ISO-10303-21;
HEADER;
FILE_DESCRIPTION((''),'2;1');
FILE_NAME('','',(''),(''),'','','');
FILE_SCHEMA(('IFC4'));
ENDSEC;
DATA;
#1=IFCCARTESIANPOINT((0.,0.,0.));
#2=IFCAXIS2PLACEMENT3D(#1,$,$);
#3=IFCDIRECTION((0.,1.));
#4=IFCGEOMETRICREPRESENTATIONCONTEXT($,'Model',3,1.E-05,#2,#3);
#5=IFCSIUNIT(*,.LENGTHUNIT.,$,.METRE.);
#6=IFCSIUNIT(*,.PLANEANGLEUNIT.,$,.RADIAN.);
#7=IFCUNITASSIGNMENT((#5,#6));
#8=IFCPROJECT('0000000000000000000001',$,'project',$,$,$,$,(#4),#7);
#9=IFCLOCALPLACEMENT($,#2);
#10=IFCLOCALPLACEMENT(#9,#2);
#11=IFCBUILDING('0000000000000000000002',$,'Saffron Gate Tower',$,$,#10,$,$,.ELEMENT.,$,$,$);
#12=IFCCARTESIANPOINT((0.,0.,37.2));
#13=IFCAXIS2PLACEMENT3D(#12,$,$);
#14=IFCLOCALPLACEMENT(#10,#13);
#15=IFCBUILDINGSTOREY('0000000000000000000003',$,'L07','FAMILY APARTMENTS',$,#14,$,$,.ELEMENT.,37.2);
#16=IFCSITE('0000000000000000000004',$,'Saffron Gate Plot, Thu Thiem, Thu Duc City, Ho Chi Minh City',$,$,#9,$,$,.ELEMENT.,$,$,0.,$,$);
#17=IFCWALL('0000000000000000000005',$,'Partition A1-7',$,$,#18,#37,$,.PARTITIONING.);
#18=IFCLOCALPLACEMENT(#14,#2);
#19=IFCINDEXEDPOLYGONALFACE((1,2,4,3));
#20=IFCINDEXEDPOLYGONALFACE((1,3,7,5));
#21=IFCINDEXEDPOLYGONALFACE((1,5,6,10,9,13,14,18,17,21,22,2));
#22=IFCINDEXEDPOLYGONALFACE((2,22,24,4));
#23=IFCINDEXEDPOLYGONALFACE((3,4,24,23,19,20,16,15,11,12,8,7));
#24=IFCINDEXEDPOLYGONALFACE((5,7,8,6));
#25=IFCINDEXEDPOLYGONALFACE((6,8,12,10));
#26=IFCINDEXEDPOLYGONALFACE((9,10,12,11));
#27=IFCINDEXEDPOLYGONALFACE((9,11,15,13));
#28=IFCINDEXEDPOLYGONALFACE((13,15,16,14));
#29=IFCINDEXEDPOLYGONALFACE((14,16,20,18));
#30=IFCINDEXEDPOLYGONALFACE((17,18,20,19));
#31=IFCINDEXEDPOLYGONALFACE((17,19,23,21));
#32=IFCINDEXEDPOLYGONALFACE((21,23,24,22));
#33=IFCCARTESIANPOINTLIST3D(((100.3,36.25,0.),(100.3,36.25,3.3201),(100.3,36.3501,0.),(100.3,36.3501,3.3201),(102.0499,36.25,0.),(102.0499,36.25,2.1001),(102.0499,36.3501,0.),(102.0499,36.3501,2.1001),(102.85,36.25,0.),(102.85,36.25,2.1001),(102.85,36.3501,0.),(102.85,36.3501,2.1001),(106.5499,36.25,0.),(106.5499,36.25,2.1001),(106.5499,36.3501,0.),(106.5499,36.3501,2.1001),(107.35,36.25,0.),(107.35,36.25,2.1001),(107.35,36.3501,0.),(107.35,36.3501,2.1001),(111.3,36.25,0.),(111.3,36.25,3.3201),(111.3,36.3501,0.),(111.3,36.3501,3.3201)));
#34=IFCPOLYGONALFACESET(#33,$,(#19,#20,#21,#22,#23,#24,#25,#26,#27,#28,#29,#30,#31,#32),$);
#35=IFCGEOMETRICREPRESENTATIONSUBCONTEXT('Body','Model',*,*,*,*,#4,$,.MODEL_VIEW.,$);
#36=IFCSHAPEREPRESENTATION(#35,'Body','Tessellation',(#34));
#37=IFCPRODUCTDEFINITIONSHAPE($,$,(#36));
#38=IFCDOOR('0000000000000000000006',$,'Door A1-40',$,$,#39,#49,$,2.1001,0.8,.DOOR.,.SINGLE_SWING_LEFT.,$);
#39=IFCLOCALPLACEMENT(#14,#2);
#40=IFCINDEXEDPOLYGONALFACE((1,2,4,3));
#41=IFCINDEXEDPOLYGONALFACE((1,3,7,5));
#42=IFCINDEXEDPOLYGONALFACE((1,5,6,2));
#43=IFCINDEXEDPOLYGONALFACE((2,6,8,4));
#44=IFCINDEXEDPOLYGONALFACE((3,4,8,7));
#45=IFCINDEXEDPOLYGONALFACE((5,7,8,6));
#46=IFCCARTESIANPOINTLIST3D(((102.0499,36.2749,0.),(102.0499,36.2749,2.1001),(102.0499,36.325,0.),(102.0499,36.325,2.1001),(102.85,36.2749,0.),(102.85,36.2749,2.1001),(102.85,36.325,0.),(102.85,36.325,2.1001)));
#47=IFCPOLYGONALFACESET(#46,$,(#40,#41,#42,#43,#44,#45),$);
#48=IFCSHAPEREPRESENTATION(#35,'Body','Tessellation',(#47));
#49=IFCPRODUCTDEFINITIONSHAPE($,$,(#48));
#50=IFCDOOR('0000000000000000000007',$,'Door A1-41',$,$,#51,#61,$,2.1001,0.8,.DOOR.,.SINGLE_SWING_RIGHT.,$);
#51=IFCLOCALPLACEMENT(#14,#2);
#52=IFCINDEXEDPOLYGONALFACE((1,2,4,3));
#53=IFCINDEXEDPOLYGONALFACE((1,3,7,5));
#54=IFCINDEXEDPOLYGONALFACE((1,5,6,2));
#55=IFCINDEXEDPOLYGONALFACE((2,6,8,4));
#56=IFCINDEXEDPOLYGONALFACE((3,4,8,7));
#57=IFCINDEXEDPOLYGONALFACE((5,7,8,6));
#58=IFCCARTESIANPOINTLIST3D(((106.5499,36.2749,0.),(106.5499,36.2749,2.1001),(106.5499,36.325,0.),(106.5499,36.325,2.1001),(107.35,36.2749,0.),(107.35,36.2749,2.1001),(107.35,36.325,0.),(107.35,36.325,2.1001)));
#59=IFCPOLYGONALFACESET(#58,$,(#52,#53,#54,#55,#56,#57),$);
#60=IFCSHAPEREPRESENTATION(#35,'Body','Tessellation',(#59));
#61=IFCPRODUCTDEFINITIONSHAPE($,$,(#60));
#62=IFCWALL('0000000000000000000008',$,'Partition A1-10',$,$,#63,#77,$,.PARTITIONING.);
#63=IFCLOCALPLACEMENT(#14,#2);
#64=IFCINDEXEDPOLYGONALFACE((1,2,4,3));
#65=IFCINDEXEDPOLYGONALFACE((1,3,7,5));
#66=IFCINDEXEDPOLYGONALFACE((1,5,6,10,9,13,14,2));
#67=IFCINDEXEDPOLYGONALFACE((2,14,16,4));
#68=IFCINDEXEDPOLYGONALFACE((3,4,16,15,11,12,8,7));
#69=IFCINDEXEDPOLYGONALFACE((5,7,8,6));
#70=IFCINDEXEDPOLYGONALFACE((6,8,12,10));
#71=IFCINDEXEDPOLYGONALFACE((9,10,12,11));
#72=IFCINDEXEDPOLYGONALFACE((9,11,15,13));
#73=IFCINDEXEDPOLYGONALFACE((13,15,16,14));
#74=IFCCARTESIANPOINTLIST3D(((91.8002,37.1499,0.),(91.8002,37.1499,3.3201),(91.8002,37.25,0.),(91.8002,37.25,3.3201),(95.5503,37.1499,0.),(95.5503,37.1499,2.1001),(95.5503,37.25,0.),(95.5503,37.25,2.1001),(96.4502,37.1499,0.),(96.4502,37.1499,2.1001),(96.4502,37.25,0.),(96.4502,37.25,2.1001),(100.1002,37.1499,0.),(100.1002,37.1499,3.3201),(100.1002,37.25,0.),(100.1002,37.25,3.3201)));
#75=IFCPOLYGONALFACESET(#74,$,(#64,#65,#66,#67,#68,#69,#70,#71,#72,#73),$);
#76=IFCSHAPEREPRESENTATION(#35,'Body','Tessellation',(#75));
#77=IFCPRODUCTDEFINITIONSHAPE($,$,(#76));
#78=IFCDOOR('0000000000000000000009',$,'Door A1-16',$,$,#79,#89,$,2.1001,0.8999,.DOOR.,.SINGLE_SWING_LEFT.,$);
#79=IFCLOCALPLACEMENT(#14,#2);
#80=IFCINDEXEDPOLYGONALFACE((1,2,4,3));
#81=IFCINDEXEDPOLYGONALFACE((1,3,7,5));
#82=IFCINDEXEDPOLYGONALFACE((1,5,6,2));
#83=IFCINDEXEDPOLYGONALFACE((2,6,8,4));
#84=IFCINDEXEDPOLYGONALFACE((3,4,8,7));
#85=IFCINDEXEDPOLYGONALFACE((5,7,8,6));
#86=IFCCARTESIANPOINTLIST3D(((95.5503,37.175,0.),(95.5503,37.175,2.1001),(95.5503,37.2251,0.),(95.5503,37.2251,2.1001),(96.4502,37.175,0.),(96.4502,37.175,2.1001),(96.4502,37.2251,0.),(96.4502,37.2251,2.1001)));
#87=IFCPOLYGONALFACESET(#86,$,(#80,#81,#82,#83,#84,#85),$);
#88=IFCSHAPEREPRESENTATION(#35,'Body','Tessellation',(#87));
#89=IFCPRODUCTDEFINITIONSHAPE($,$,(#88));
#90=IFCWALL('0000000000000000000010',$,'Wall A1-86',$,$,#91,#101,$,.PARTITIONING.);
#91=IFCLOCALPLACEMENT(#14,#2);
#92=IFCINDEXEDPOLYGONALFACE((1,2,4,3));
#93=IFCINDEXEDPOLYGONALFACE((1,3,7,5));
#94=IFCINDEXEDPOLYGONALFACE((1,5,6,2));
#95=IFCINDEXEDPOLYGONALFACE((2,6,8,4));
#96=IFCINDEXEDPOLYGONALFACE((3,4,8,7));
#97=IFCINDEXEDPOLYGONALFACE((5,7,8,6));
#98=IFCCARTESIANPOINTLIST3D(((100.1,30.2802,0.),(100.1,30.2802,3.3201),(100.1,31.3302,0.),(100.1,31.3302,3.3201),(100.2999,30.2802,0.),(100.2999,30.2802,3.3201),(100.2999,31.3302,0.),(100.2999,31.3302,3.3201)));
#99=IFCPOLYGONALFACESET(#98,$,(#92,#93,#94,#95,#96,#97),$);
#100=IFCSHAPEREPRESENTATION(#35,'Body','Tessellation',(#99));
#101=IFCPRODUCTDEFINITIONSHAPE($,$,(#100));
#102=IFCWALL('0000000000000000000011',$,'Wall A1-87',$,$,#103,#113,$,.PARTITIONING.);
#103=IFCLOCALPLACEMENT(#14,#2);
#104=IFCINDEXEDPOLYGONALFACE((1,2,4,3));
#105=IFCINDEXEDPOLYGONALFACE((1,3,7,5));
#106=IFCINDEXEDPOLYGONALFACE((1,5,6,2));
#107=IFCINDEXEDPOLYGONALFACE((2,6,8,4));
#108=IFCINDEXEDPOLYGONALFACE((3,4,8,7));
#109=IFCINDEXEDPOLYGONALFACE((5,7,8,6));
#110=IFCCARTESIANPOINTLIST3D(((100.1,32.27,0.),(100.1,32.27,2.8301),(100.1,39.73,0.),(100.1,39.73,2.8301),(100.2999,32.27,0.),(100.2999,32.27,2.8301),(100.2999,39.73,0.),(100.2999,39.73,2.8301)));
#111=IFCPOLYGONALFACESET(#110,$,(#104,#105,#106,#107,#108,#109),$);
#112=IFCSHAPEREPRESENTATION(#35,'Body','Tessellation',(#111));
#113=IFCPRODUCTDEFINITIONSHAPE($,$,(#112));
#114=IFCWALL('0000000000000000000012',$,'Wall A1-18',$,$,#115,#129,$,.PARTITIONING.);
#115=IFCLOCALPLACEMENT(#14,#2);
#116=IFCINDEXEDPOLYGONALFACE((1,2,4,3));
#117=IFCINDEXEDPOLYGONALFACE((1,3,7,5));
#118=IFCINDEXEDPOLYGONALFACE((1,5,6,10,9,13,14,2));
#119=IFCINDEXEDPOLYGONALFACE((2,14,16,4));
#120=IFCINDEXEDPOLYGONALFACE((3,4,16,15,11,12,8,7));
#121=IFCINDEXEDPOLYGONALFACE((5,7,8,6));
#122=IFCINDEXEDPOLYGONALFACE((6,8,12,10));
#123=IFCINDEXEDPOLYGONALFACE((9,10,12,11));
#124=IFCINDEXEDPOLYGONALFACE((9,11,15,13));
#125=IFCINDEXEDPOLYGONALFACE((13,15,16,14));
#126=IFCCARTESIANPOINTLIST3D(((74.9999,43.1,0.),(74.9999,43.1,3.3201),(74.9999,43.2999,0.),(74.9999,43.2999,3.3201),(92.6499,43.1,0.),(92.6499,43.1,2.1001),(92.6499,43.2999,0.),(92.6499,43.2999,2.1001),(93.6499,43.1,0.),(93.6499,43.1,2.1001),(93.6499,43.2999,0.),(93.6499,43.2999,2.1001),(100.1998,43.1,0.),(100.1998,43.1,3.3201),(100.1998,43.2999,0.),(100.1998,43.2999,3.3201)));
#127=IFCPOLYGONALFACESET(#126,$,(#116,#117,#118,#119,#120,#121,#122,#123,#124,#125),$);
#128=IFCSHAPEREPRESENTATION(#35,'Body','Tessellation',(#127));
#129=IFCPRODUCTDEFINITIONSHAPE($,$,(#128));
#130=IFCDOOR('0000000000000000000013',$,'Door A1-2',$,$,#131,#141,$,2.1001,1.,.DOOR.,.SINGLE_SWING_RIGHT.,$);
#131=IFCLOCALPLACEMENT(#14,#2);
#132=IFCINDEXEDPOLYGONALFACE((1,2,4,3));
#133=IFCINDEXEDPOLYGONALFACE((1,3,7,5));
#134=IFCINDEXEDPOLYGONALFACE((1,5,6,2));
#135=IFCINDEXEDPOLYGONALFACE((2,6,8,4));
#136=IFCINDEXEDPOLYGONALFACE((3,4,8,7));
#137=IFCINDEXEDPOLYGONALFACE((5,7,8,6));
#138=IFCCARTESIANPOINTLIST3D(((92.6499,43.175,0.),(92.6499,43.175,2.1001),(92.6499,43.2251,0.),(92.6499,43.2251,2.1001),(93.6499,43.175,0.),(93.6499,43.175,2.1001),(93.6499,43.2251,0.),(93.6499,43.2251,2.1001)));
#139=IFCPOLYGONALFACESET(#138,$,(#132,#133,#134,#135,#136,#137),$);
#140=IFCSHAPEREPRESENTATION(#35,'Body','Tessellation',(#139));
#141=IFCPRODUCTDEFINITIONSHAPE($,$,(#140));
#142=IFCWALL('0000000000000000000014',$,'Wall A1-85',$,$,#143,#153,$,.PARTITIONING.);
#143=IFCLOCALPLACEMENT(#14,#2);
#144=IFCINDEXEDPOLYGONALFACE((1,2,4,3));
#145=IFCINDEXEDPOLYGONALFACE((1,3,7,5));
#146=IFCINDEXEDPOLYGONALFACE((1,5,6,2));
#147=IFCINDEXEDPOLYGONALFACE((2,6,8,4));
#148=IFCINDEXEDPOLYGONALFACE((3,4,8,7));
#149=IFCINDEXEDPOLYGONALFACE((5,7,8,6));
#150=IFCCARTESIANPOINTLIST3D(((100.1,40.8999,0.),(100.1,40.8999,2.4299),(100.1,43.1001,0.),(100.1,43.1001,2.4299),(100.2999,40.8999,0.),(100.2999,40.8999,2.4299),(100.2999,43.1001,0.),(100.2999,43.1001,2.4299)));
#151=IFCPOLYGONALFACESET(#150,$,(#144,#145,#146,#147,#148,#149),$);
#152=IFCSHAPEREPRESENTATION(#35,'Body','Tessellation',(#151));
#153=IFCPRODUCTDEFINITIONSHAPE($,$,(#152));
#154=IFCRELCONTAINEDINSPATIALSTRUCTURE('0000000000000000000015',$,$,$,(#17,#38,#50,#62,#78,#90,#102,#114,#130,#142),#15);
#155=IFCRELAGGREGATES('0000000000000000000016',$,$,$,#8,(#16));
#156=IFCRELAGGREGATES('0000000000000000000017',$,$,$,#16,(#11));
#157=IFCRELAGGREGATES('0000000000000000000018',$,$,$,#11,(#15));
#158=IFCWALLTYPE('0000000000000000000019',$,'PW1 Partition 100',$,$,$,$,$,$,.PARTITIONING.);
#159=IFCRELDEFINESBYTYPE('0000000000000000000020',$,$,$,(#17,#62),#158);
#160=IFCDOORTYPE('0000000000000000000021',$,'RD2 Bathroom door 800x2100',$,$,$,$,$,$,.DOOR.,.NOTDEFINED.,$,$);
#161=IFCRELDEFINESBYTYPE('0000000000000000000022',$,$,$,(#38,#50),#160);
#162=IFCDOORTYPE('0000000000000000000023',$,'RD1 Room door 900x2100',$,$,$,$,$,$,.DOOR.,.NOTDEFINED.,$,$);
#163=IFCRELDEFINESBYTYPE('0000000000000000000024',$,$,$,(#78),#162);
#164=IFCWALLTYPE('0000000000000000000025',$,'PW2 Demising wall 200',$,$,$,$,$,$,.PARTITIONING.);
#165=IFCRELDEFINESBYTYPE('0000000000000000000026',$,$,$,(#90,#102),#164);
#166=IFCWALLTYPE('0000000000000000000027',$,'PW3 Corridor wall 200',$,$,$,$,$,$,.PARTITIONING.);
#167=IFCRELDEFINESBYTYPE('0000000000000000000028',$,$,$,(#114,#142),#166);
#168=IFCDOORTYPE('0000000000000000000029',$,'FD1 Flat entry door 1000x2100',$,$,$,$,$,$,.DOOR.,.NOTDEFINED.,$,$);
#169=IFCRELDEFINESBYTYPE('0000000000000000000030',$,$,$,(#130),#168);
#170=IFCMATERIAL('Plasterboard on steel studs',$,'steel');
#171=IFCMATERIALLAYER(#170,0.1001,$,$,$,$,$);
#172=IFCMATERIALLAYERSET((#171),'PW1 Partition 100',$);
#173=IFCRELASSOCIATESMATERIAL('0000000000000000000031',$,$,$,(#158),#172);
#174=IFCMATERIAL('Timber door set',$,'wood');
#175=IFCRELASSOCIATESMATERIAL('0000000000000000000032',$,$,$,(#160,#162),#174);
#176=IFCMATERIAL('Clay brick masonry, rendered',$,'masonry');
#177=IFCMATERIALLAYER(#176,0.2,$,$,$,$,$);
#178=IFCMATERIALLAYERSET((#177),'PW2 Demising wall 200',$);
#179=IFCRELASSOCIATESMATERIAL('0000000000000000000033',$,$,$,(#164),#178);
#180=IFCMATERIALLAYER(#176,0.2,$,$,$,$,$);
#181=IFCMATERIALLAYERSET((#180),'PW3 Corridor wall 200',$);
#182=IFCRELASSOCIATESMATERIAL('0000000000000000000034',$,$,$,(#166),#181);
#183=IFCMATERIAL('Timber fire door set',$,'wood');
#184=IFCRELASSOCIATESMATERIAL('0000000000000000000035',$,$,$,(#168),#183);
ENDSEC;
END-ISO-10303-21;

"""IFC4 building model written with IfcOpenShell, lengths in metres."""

from ifc_helpers import new_model, si_unit, direction, frame, frame_2d, origin, place, context, subcontext, project, spatial, rectangle, extrude, material, layer, layer_set, type_object, element, fill, save


model = new_model("IFC4")

# Units and contexts
model_context = context("Model", 3, precision=1e-05, world=origin(), true_north=direction((0.0, 1.0)))
body_context = subcontext(model_context, "Body", "Model", "MODEL_VIEW")
ifc_project = project(units=[si_unit("LENGTHUNIT", "METRE"), si_unit("PLANEANGLEUNIT", "RADIAN")], contexts=[model_context])

# Site, building, storey
site_placement = place(None, origin())
site = spatial("IfcSite", under=ifc_project, at=site_placement, Name="Saffron Gate Plot, Thu Thiem, Thu Duc City, Ho Chi Minh City", CompositionType="ELEMENT", RefElevation=0.0)
building_placement = place(site_placement, origin())
building = spatial("IfcBuilding", under=site, at=building_placement, Name="Saffron Gate Tower", CompositionType="ELEMENT")
storey_placement = place(building_placement, frame((0.0, 0.0, 37.2)))
storey = spatial("IfcBuildingStorey", under=building, at=storey_placement, Name="L07", Description="FAMILY APARTMENTS", CompositionType="ELEMENT", Elevation=37.2)

# Wall, openings, doors
ifc_material_1 = material(Name="Plasterboard on steel studs", Category="steel")
ifc_layer_1 = layer(ifc_material_1, 0.1001)
ifc_layer_set_1 = layer_set([ifc_layer_1], Name="PW1 Partition 100")
wall_type_1 = type_object("IfcWallType", Name="PW1 Partition 100", PredefinedType="PARTITIONING", material=ifc_layer_set_1)
wall_1_placement = place(storey_placement, frame((100.3, 36.3, 0.0), z_axis=(0.0, 0.0, 1.0), x_axis=(1.0, 0.0, 0.0)))
wall_1 = element("IfcWall", 1, at=wall_1_placement, inside=storey, type_object=wall_type_1, Name="Partition A1-7", PredefinedType="PARTITIONING", context=body_context, shape_type="SweptSolid", body=[
    extrude(rectangle(XDim=11.0, YDim=0.1001, at=frame_2d((5.5, 0.0))), origin(), (0.0, 0.0, 1.0), 3.3201),
])
opening_1_placement = place(wall_1_placement, frame((1.75, 0.0, 0.0)))
opening_1 = element("IfcOpeningElement", 2, at=opening_1_placement, cuts=wall_1, PredefinedType="OPENING", context=body_context, shape_type="SweptSolid", body=[
    extrude(rectangle(XDim=0.8, YDim=2.1001, at=frame_2d((0.3999, 1.05))), frame((0.0, 0.0601, 0.0), z_axis=(0.0, -1.0, 0.0), x_axis=(1.0, 0.0, 0.0)), (0.0, 0.0, 1.0), 0.1201),
])
opening_2_placement = place(wall_1_placement, frame((6.25, 0.0, 0.0)))
opening_2 = element("IfcOpeningElement", 3, at=opening_2_placement, cuts=wall_1, PredefinedType="OPENING", context=body_context, shape_type="SweptSolid", body=[
    extrude(rectangle(XDim=0.8, YDim=2.1001, at=frame_2d((0.3999, 1.05))), frame((0.0, 0.0601, 0.0), z_axis=(0.0, -1.0, 0.0), x_axis=(1.0, 0.0, 0.0)), (0.0, 0.0, 1.0), 0.1201),
])
ifc_material_2 = material(Name="Timber door set", Category="wood")
door_type_1 = type_object("IfcDoorType", Name="RD2 Bathroom door 800x2100", OperationType="NOTDEFINED", PredefinedType="DOOR", material=ifc_material_2)
door_1_placement = place(opening_1_placement, origin())
door_1 = element("IfcDoor", 4, at=door_1_placement, inside=storey, type_object=door_type_1, Name="Door A1-40", OperationType="SINGLE_SWING_LEFT", OverallHeight=2.1001, OverallWidth=0.8, PredefinedType="DOOR", context=body_context, shape_type="SweptSolid", body=[
    extrude(rectangle(XDim=0.8, YDim=2.1001, at=frame_2d((0.3999, 1.05))), frame((0.0, 0.0249, 0.0), z_axis=(0.0, -1.0, 0.0), x_axis=(1.0, 0.0, 0.0)), (0.0, 0.0, 1.0), 0.05),
])
fill(opening_1, door_1)
door_2_placement = place(opening_2_placement, origin())
door_2 = element("IfcDoor", 5, at=door_2_placement, inside=storey, type_object=door_type_1, Name="Door A1-41", OperationType="SINGLE_SWING_RIGHT", OverallHeight=2.1001, OverallWidth=0.8, PredefinedType="DOOR", context=body_context, shape_type="SweptSolid", body=[
    extrude(rectangle(XDim=0.8, YDim=2.1001, at=frame_2d((0.3999, 1.05))), frame((0.0, 0.0249, 0.0), z_axis=(0.0, -1.0, 0.0), x_axis=(1.0, 0.0, 0.0)), (0.0, 0.0, 1.0), 0.05),
])
fill(opening_2, door_2)

# Wall, opening, door
wall_2_placement = place(storey_placement, frame((100.1001, 37.2, 0.0), z_axis=(0.0, 0.0, 1.0), x_axis=(-1.0, 0.0, 0.0)))
wall_2 = element("IfcWall", 6, at=wall_2_placement, inside=storey, type_object=wall_type_1, Name="Partition A1-10", PredefinedType="PARTITIONING", context=body_context, shape_type="SweptSolid", body=[
    extrude(rectangle(XDim=8.3, YDim=0.1001, at=frame_2d((4.1499, 0.0))), origin(), (0.0, 0.0, 1.0), 3.3201),
])
opening_3_placement = place(wall_2_placement, frame((3.6499, 0.0, 0.0)))
opening_3 = element("IfcOpeningElement", 7, at=opening_3_placement, cuts=wall_2, PredefinedType="OPENING", context=body_context, shape_type="SweptSolid", body=[
    extrude(rectangle(XDim=0.8999, YDim=2.1001, at=frame_2d((0.45, 1.05))), frame((0.0, 0.0601, 0.0), z_axis=(0.0, -1.0, 0.0), x_axis=(1.0, 0.0, 0.0)), (0.0, 0.0, 1.0), 0.1201),
])
door_type_2 = type_object("IfcDoorType", Name="RD1 Room door 900x2100", OperationType="NOTDEFINED", PredefinedType="DOOR", material=ifc_material_2)
door_3_placement = place(opening_3_placement, origin())
door_3 = element("IfcDoor", 8, at=door_3_placement, inside=storey, type_object=door_type_2, Name="Door A1-16", OperationType="SINGLE_SWING_LEFT", OverallHeight=2.1001, OverallWidth=0.8999, PredefinedType="DOOR", context=body_context, shape_type="SweptSolid", body=[
    extrude(rectangle(XDim=0.8999, YDim=2.1001, at=frame_2d((0.45, 1.05))), frame((0.0, 0.0249, 0.0), z_axis=(0.0, -1.0, 0.0), x_axis=(1.0, 0.0, 0.0)), (0.0, 0.0, 1.0), 0.05),
])
fill(opening_3, door_3)

# Walls
ifc_material_3 = material(Name="Clay brick masonry, rendered", Category="masonry")
ifc_layer_2 = layer(ifc_material_3, 0.2)
ifc_layer_set_2 = layer_set([ifc_layer_2], Name="PW2 Demising wall 200")
wall_type_2 = type_object("IfcWallType", Name="PW2 Demising wall 200", PredefinedType="PARTITIONING", material=ifc_layer_set_2)
wall_3_placement = place(storey_placement, frame((100.2, 31.3301, 0.0), z_axis=(0.0, 0.0, 1.0), x_axis=(0.0, -1.0, 0.0)))
element("IfcWall", 9, at=wall_3_placement, inside=storey, type_object=wall_type_2, Name="Wall A1-86", PredefinedType="PARTITIONING", context=body_context, shape_type="SweptSolid", body=[
    extrude(rectangle(XDim=1.05, YDim=0.2, at=frame_2d((0.5249, 0.0))), origin(), (0.0, 0.0, 1.0), 3.3201),
])
wall_4_placement = place(storey_placement, frame((100.2, 39.73, 0.0), z_axis=(0.0, 0.0, 1.0), x_axis=(0.0, -1.0, 0.0)))
element("IfcWall", 10, at=wall_4_placement, inside=storey, type_object=wall_type_2, Name="Wall A1-87", PredefinedType="PARTITIONING", context=body_context, shape_type="SweptSolid", body=[
    extrude(rectangle(XDim=7.46, YDim=0.2, at=frame_2d((3.73, 0.0))), origin(), (0.0, 0.0, 1.0), 2.8301),
])

# Wall, opening, door
ifc_layer_3 = layer(ifc_material_3, 0.2)
ifc_layer_set_3 = layer_set([ifc_layer_3], Name="PW3 Corridor wall 200")
wall_type_3 = type_object("IfcWallType", Name="PW3 Corridor wall 200", PredefinedType="PARTITIONING", material=ifc_layer_set_3)
wall_5_placement = place(storey_placement, frame((100.2, 43.2, 0.0), z_axis=(0.0, 0.0, 1.0), x_axis=(-1.0, 0.0, 0.0)))
wall_5 = element("IfcWall", 11, at=wall_5_placement, inside=storey, type_object=wall_type_3, Name="Wall A1-18", PredefinedType="PARTITIONING", context=body_context, shape_type="SweptSolid", body=[
    extrude(rectangle(XDim=25.2, YDim=0.2, at=frame_2d((12.6001, 0.0))), origin(), (0.0, 0.0, 1.0), 3.3201),
])
opening_4_placement = place(wall_5_placement, frame((6.55, 0.0, 0.0)))
opening_4 = element("IfcOpeningElement", 12, at=opening_4_placement, cuts=wall_5, PredefinedType="OPENING", context=body_context, shape_type="SweptSolid", body=[
    extrude(rectangle(XDim=1.0, YDim=2.1001, at=frame_2d((0.5, 1.05))), frame((0.0, 0.1099, 0.0), z_axis=(0.0, -1.0, 0.0), x_axis=(1.0, 0.0, 0.0)), (0.0, 0.0, 1.0), 0.22),
])
ifc_material_4 = material(Name="Timber fire door set", Category="wood")
door_type_3 = type_object("IfcDoorType", Name="FD1 Flat entry door 1000x2100", OperationType="NOTDEFINED", PredefinedType="DOOR", material=ifc_material_4)
door_4_placement = place(opening_4_placement, origin())
door_4 = element("IfcDoor", 13, at=door_4_placement, inside=storey, type_object=door_type_3, Name="Door A1-2", OperationType="SINGLE_SWING_RIGHT", OverallHeight=2.1001, OverallWidth=1.0, PredefinedType="DOOR", context=body_context, shape_type="SweptSolid", body=[
    extrude(rectangle(XDim=1.0, YDim=2.1001, at=frame_2d((0.5, 1.05))), frame((0.0, 0.0249, 0.0), z_axis=(0.0, -1.0, 0.0), x_axis=(1.0, 0.0, 0.0)), (0.0, 0.0, 1.0), 0.05),
])
fill(opening_4, door_4)

# Wall
wall_6_placement = place(storey_placement, frame((100.2, 43.1001, 0.0), z_axis=(0.0, 0.0, 1.0), x_axis=(0.0, -1.0, 0.0)))
element("IfcWall", 14, at=wall_6_placement, inside=storey, type_object=wall_type_3, Name="Wall A1-85", PredefinedType="PARTITIONING", context=body_context, shape_type="SweptSolid", body=[
    extrude(rectangle(XDim=2.2002, YDim=0.2, at=frame_2d((1.1001, 0.0))), origin(), (0.0, 0.0, 1.0), 2.4299),
])

save(model, "model.ifc")
